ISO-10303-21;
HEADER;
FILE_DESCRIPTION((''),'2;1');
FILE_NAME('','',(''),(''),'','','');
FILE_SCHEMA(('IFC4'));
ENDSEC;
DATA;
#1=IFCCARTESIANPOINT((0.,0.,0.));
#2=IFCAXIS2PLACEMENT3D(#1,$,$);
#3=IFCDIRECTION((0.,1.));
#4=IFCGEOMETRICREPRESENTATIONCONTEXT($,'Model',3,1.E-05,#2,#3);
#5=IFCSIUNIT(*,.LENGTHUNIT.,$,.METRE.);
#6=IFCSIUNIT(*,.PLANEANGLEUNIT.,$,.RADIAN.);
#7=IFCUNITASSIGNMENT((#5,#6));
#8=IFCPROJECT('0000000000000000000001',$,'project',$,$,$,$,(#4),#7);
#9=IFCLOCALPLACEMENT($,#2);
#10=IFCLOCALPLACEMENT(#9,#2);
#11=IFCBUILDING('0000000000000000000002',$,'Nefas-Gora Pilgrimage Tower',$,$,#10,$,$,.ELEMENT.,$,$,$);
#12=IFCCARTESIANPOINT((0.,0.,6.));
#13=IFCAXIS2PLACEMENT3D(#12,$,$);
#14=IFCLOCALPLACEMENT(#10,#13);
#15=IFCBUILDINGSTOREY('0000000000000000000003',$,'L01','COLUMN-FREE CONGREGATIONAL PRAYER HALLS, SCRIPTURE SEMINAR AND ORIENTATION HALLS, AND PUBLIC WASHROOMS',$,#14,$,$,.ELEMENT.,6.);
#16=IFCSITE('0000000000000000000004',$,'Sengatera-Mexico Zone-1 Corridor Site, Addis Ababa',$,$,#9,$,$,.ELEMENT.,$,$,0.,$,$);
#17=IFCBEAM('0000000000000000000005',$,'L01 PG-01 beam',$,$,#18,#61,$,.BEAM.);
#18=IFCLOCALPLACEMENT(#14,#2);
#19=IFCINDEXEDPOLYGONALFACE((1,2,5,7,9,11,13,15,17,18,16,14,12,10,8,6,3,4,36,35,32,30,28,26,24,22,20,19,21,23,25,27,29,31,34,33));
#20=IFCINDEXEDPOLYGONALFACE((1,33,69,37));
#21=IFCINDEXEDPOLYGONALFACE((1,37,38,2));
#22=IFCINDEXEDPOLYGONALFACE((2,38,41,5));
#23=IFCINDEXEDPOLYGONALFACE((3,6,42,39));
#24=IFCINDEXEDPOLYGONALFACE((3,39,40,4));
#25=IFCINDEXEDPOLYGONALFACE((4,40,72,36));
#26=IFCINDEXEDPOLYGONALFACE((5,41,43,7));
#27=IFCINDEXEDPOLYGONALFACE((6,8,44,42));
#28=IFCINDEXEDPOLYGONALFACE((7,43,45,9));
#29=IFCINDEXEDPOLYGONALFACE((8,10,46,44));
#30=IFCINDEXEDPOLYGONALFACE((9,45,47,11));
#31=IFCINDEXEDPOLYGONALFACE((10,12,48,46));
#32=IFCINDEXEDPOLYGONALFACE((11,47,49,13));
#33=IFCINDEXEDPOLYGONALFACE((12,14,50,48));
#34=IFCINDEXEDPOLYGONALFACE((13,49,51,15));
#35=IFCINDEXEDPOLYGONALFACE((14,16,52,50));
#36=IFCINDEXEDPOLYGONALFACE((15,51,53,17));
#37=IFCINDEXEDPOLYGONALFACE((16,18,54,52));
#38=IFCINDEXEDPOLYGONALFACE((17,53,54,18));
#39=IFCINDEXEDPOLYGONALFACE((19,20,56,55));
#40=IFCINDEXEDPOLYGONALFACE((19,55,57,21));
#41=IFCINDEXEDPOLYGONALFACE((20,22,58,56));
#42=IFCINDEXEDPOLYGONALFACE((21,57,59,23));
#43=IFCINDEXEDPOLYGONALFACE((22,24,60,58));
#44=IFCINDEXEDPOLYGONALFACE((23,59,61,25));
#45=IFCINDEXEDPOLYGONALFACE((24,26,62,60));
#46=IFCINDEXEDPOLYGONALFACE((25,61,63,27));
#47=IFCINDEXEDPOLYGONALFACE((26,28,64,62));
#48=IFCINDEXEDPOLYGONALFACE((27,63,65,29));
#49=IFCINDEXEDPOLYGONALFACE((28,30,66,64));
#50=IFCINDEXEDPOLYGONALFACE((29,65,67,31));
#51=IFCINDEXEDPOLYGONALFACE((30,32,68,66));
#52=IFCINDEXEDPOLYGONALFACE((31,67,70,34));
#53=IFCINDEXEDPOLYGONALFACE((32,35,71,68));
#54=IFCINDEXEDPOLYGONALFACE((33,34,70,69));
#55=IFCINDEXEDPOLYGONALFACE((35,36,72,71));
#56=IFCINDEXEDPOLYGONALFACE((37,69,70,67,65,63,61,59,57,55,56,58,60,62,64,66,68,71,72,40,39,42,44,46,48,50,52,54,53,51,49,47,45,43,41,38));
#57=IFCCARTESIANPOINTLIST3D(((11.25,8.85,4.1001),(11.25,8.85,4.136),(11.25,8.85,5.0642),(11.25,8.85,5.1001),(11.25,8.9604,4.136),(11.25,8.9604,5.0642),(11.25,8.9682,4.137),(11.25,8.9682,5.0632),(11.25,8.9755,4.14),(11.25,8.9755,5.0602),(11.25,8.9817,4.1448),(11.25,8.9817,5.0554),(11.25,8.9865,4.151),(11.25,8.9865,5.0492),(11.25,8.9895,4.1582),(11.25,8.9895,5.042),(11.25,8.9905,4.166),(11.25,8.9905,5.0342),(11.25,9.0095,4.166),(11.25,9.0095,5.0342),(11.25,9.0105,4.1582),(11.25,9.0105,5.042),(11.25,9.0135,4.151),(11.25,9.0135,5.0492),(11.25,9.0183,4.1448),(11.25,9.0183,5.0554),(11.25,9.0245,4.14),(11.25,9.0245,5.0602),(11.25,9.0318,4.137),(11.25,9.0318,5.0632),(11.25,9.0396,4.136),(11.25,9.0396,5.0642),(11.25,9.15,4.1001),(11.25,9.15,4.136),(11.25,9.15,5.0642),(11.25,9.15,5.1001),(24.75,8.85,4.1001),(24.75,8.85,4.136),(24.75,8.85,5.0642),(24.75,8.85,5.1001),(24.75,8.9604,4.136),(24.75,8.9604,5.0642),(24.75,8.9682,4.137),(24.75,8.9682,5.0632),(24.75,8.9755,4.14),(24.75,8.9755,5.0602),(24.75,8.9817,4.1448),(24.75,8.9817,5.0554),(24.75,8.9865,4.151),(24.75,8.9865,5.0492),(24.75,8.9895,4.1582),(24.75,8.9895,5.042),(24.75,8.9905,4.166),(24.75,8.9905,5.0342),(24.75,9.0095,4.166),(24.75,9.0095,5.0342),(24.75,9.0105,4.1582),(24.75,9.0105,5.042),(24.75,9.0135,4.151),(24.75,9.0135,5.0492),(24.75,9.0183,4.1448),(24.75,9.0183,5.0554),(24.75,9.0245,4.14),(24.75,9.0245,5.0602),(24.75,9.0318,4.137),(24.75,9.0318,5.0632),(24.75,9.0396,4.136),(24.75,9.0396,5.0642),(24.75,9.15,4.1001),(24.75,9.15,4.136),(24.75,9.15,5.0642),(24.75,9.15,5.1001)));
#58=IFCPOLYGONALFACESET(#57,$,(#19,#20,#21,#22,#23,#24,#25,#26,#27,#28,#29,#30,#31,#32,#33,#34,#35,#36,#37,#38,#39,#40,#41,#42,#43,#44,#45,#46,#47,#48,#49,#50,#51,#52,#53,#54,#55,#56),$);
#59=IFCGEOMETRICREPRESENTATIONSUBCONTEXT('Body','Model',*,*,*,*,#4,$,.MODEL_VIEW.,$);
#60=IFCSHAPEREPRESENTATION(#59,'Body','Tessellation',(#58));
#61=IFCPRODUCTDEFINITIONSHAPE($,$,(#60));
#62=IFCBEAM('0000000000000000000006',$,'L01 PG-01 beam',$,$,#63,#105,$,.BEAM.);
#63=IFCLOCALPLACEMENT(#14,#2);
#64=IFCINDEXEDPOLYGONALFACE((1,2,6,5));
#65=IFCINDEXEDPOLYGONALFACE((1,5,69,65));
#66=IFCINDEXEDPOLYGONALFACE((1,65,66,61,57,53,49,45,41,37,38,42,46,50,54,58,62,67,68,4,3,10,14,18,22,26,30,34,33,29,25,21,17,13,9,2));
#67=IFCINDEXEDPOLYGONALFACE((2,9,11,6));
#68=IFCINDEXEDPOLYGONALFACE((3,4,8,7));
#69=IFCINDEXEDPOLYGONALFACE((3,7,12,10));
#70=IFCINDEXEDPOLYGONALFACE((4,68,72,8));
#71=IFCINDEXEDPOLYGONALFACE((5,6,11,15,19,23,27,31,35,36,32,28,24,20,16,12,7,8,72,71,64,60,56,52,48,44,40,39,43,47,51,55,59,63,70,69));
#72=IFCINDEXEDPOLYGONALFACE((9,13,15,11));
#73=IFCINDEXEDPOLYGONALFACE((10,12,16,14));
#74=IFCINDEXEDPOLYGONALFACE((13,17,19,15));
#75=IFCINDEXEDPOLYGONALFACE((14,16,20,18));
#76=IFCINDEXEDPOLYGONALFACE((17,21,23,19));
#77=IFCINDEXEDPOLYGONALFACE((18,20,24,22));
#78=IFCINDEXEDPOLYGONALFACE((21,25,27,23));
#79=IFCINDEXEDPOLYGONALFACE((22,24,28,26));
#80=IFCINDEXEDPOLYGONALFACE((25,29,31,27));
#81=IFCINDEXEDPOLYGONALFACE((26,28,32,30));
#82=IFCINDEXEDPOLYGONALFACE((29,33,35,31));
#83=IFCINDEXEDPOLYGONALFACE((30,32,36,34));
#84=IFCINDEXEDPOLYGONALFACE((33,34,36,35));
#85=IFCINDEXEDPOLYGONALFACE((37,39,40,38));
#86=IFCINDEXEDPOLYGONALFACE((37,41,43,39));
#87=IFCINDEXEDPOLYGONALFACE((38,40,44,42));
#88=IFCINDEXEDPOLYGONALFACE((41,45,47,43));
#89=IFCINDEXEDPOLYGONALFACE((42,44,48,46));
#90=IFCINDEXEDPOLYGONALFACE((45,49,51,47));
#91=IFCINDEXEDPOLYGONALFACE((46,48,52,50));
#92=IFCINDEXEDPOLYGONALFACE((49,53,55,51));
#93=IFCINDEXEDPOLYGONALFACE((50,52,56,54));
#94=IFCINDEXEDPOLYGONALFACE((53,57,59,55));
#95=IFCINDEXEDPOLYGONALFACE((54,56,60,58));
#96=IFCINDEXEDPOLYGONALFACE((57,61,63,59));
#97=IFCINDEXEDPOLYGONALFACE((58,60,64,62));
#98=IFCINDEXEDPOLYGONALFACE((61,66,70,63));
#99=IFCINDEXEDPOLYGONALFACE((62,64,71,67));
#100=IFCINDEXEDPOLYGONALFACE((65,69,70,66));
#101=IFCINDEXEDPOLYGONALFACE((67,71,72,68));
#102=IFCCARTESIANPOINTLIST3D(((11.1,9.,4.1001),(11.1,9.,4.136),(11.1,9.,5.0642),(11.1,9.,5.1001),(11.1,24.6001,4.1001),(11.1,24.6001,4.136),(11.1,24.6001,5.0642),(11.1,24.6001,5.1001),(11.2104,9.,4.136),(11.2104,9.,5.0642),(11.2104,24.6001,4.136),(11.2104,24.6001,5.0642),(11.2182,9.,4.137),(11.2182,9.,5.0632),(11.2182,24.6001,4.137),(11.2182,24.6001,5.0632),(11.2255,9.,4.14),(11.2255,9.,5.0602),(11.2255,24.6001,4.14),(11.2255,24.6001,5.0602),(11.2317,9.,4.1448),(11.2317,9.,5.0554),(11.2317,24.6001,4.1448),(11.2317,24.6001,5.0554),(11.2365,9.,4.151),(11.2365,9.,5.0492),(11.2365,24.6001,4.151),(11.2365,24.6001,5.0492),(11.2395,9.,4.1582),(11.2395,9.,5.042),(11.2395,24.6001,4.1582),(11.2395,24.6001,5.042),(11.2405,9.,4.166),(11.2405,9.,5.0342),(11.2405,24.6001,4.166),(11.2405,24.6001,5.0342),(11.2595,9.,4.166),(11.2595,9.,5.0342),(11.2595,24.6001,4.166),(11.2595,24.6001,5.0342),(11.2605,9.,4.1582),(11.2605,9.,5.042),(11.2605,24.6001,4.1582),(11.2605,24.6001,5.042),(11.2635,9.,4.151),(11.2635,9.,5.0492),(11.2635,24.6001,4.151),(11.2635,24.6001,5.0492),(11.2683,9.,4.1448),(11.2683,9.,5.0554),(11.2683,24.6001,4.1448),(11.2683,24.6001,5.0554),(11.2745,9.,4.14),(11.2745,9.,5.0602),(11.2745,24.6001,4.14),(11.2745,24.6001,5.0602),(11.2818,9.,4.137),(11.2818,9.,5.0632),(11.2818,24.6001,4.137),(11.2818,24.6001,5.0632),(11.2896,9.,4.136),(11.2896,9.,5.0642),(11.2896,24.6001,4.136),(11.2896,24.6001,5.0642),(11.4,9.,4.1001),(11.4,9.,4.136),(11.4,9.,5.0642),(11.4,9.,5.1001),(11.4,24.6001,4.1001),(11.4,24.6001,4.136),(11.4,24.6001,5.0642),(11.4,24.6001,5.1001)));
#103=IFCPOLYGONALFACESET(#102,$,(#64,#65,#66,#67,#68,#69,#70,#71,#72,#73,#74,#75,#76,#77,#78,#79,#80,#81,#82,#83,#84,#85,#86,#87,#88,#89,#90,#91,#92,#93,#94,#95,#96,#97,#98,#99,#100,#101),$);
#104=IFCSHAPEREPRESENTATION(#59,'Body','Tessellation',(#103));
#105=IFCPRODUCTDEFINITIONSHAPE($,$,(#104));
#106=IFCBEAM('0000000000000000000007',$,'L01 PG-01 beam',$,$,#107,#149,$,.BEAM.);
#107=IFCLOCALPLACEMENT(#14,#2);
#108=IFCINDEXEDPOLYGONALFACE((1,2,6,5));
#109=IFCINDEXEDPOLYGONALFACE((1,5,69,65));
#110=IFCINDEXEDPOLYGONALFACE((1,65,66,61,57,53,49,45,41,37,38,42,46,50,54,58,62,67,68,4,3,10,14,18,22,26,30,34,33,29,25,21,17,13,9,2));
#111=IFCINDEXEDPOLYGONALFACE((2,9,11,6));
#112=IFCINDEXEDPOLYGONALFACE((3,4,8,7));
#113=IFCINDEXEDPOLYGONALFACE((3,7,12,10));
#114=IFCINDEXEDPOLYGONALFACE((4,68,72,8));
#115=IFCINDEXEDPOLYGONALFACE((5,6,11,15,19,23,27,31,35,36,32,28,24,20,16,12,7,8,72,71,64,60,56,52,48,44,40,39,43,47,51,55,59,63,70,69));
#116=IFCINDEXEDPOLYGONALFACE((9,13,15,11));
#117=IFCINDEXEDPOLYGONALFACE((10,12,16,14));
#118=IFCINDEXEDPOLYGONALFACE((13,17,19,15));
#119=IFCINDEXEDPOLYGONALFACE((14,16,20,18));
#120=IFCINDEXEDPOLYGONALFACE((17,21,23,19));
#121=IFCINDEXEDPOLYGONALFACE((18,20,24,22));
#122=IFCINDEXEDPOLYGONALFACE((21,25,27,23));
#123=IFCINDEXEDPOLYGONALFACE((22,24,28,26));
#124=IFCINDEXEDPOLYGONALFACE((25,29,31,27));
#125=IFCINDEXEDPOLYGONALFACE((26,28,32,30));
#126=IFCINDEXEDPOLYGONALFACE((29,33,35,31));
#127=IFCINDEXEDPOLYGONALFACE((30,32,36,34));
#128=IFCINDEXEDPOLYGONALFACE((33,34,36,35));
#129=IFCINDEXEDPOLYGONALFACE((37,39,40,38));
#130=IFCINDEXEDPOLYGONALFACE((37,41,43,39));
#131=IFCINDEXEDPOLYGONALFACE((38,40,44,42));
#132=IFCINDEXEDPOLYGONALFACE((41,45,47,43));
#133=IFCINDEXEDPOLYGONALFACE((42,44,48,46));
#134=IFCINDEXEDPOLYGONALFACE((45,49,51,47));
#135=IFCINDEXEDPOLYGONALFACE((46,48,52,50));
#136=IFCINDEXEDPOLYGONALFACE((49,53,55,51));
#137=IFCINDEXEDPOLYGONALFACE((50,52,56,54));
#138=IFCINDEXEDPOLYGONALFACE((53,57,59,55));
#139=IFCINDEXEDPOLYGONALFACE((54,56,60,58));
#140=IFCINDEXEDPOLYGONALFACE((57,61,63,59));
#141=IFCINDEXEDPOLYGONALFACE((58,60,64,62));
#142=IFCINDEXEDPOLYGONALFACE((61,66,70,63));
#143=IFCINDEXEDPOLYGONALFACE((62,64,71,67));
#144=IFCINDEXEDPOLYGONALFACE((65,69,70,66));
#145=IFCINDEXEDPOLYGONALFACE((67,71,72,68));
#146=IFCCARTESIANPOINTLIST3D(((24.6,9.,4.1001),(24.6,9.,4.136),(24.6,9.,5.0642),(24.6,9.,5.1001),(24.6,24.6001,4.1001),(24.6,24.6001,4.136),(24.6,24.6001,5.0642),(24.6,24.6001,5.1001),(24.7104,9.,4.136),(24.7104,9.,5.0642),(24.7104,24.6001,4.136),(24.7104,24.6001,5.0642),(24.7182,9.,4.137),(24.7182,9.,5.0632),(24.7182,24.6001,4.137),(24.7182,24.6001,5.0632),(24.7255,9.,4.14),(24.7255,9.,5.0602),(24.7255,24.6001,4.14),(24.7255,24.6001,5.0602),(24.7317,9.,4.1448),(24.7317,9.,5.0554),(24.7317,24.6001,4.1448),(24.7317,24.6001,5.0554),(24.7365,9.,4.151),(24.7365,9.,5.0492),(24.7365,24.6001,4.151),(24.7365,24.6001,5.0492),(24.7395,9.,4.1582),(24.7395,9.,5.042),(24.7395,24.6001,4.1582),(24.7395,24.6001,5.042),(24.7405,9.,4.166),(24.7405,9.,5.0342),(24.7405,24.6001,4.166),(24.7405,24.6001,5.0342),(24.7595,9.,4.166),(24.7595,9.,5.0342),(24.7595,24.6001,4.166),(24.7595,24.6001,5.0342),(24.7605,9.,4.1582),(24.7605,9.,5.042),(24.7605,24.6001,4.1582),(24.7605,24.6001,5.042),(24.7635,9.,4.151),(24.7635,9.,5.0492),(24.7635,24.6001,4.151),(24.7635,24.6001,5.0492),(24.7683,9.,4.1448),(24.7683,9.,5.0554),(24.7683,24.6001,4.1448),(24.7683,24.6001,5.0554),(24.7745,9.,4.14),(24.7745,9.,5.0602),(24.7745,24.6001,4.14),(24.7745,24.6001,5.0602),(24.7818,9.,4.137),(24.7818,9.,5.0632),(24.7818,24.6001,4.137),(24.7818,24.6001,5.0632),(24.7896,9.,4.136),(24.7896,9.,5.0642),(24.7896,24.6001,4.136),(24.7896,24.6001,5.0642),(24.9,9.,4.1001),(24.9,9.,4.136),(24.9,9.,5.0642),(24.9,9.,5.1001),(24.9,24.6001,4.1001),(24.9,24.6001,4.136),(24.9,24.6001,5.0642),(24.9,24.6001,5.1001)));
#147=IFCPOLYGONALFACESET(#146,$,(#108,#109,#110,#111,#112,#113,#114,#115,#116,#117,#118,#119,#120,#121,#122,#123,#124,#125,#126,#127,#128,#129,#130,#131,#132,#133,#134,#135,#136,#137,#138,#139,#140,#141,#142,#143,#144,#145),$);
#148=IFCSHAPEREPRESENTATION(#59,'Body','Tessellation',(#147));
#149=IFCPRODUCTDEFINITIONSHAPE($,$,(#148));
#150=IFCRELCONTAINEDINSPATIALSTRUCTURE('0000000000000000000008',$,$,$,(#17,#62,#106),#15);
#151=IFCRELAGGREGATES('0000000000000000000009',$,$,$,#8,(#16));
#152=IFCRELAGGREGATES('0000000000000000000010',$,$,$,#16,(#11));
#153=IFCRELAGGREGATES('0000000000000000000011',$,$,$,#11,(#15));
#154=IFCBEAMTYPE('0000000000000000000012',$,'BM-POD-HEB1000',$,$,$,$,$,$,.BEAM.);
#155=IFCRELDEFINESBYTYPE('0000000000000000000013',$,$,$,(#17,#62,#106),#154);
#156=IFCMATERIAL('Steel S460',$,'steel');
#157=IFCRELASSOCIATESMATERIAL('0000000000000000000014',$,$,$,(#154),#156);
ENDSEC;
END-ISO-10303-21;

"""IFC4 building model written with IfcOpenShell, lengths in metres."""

from ifc_helpers import new_model, si_unit, direction, frame, origin, origin_2d, place, context, subcontext, project, spatial, i_section, extrude, source, transform, mapped, material, material_profile, profile_set, type_object, element, save


model = new_model("IFC4")

# Units and contexts
model_context = context("Model", 3, precision=1e-05, world=origin(), true_north=direction((0.0, 1.0)))
body_context = subcontext(model_context, "Body", "Model", "MODEL_VIEW")
ifc_project = project(units=[si_unit("LENGTHUNIT", "METRE"), si_unit("PLANEANGLEUNIT", "RADIAN")], contexts=[model_context])

# Site, building, storey
site_placement = place(None, origin())
site = spatial("IfcSite", under=ifc_project, at=site_placement, Name="Sengatera-Mexico Zone-1 Corridor Site, Addis Ababa", CompositionType="ELEMENT", RefElevation=0.0)
building_placement = place(site_placement, origin())
building = spatial("IfcBuilding", under=site, at=building_placement, Name="Nefas-Gora Pilgrimage Tower", CompositionType="ELEMENT")
storey_placement = place(building_placement, frame((0.0, 0.0, 6.0)))
storey = spatial("IfcBuildingStorey", under=building, at=storey_placement, Name="L01", Description="COLUMN-FREE CONGREGATIONAL PRAYER HALLS, SCRIPTURE SEMINAR AND ORIENTATION HALLS, AND PUBLIC WASHROOMS", CompositionType="ELEMENT", Elevation=6.0)

# Shared definitions
ifc_material_1 = material(Name="Steel S460", Category="steel")

# Beams
ifc_material_profile_1 = material_profile(ifc_material_1, i_section(OverallWidth=0.3, OverallDepth=1.0, WebThickness=0.019, FlangeThickness=0.0359, FilletRadius=0.03, at=origin_2d()), Name="HEB 1000")
ifc_profile_set_1 = profile_set([ifc_material_profile_1], Name="Steel S460")
beam_type_1 = type_object("IfcBeamType", Name="BM-POD-HEB1000", PredefinedType="BEAM", material=ifc_profile_set_1)
shared_shape_1 = source(origin(), body_context, "Body", "SweptSolid", [
    extrude(i_section(OverallWidth=0.3, OverallDepth=1.0, WebThickness=0.019, FlangeThickness=0.0359, FilletRadius=0.03, at=origin_2d()), origin(), (0.0, 0.0, 1.0), 13.5),
])
beam_1_placement = place(storey_placement, frame((11.25, 9.0, 4.6001), z_axis=(1.0, 0.0, 0.0), x_axis=(0.0, 1.0, 0.0)))
element("IfcBeam", 1, at=beam_1_placement, inside=storey, type_object=beam_type_1, Name="L01 PG-01 beam", PredefinedType="BEAM", context=body_context, shape_type="MappedRepresentation", body=[
    mapped(shared_shape_1, transform((0.0, 0.0, 0.0), x_axis=(1.0, 0.0, 0.0), y_axis=(0.0, 1.0, 0.0), z_axis=(0.0, 0.0, 1.0), scale=1.0)),
])
shared_shape_2 = source(origin(), body_context, "Body", "SweptSolid", [
    extrude(i_section(OverallWidth=0.3, OverallDepth=1.0, WebThickness=0.019, FlangeThickness=0.0359, FilletRadius=0.03, at=origin_2d()), origin(), (0.0, 0.0, 1.0), 15.6001),
])
for number, where, z_axis, x_axis, name in (
    (2, (11.25, 9.0, 4.6001), (0.0, 1.0, 0.0), (-1.0, 0.0, 0.0), "L01 PG-01 beam"),
    (3, (24.75, 9.0, 4.6001), (0.0, 1.0, 0.0), (-1.0, 0.0, 0.0), "L01 PG-01 beam"),
):
    element("IfcBeam", number, at=place(storey_placement, frame(where, z_axis=z_axis, x_axis=x_axis)), inside=storey, type_object=beam_type_1, Name=name, PredefinedType="BEAM", context=body_context, shape_type="MappedRepresentation", body=[
        mapped(shared_shape_2, transform((0.0, 0.0, 0.0), x_axis=(1.0, 0.0, 0.0), y_axis=(0.0, 1.0, 0.0), z_axis=(0.0, 0.0, 1.0), scale=1.0)),
    ])

save(model, "model.ifc")
